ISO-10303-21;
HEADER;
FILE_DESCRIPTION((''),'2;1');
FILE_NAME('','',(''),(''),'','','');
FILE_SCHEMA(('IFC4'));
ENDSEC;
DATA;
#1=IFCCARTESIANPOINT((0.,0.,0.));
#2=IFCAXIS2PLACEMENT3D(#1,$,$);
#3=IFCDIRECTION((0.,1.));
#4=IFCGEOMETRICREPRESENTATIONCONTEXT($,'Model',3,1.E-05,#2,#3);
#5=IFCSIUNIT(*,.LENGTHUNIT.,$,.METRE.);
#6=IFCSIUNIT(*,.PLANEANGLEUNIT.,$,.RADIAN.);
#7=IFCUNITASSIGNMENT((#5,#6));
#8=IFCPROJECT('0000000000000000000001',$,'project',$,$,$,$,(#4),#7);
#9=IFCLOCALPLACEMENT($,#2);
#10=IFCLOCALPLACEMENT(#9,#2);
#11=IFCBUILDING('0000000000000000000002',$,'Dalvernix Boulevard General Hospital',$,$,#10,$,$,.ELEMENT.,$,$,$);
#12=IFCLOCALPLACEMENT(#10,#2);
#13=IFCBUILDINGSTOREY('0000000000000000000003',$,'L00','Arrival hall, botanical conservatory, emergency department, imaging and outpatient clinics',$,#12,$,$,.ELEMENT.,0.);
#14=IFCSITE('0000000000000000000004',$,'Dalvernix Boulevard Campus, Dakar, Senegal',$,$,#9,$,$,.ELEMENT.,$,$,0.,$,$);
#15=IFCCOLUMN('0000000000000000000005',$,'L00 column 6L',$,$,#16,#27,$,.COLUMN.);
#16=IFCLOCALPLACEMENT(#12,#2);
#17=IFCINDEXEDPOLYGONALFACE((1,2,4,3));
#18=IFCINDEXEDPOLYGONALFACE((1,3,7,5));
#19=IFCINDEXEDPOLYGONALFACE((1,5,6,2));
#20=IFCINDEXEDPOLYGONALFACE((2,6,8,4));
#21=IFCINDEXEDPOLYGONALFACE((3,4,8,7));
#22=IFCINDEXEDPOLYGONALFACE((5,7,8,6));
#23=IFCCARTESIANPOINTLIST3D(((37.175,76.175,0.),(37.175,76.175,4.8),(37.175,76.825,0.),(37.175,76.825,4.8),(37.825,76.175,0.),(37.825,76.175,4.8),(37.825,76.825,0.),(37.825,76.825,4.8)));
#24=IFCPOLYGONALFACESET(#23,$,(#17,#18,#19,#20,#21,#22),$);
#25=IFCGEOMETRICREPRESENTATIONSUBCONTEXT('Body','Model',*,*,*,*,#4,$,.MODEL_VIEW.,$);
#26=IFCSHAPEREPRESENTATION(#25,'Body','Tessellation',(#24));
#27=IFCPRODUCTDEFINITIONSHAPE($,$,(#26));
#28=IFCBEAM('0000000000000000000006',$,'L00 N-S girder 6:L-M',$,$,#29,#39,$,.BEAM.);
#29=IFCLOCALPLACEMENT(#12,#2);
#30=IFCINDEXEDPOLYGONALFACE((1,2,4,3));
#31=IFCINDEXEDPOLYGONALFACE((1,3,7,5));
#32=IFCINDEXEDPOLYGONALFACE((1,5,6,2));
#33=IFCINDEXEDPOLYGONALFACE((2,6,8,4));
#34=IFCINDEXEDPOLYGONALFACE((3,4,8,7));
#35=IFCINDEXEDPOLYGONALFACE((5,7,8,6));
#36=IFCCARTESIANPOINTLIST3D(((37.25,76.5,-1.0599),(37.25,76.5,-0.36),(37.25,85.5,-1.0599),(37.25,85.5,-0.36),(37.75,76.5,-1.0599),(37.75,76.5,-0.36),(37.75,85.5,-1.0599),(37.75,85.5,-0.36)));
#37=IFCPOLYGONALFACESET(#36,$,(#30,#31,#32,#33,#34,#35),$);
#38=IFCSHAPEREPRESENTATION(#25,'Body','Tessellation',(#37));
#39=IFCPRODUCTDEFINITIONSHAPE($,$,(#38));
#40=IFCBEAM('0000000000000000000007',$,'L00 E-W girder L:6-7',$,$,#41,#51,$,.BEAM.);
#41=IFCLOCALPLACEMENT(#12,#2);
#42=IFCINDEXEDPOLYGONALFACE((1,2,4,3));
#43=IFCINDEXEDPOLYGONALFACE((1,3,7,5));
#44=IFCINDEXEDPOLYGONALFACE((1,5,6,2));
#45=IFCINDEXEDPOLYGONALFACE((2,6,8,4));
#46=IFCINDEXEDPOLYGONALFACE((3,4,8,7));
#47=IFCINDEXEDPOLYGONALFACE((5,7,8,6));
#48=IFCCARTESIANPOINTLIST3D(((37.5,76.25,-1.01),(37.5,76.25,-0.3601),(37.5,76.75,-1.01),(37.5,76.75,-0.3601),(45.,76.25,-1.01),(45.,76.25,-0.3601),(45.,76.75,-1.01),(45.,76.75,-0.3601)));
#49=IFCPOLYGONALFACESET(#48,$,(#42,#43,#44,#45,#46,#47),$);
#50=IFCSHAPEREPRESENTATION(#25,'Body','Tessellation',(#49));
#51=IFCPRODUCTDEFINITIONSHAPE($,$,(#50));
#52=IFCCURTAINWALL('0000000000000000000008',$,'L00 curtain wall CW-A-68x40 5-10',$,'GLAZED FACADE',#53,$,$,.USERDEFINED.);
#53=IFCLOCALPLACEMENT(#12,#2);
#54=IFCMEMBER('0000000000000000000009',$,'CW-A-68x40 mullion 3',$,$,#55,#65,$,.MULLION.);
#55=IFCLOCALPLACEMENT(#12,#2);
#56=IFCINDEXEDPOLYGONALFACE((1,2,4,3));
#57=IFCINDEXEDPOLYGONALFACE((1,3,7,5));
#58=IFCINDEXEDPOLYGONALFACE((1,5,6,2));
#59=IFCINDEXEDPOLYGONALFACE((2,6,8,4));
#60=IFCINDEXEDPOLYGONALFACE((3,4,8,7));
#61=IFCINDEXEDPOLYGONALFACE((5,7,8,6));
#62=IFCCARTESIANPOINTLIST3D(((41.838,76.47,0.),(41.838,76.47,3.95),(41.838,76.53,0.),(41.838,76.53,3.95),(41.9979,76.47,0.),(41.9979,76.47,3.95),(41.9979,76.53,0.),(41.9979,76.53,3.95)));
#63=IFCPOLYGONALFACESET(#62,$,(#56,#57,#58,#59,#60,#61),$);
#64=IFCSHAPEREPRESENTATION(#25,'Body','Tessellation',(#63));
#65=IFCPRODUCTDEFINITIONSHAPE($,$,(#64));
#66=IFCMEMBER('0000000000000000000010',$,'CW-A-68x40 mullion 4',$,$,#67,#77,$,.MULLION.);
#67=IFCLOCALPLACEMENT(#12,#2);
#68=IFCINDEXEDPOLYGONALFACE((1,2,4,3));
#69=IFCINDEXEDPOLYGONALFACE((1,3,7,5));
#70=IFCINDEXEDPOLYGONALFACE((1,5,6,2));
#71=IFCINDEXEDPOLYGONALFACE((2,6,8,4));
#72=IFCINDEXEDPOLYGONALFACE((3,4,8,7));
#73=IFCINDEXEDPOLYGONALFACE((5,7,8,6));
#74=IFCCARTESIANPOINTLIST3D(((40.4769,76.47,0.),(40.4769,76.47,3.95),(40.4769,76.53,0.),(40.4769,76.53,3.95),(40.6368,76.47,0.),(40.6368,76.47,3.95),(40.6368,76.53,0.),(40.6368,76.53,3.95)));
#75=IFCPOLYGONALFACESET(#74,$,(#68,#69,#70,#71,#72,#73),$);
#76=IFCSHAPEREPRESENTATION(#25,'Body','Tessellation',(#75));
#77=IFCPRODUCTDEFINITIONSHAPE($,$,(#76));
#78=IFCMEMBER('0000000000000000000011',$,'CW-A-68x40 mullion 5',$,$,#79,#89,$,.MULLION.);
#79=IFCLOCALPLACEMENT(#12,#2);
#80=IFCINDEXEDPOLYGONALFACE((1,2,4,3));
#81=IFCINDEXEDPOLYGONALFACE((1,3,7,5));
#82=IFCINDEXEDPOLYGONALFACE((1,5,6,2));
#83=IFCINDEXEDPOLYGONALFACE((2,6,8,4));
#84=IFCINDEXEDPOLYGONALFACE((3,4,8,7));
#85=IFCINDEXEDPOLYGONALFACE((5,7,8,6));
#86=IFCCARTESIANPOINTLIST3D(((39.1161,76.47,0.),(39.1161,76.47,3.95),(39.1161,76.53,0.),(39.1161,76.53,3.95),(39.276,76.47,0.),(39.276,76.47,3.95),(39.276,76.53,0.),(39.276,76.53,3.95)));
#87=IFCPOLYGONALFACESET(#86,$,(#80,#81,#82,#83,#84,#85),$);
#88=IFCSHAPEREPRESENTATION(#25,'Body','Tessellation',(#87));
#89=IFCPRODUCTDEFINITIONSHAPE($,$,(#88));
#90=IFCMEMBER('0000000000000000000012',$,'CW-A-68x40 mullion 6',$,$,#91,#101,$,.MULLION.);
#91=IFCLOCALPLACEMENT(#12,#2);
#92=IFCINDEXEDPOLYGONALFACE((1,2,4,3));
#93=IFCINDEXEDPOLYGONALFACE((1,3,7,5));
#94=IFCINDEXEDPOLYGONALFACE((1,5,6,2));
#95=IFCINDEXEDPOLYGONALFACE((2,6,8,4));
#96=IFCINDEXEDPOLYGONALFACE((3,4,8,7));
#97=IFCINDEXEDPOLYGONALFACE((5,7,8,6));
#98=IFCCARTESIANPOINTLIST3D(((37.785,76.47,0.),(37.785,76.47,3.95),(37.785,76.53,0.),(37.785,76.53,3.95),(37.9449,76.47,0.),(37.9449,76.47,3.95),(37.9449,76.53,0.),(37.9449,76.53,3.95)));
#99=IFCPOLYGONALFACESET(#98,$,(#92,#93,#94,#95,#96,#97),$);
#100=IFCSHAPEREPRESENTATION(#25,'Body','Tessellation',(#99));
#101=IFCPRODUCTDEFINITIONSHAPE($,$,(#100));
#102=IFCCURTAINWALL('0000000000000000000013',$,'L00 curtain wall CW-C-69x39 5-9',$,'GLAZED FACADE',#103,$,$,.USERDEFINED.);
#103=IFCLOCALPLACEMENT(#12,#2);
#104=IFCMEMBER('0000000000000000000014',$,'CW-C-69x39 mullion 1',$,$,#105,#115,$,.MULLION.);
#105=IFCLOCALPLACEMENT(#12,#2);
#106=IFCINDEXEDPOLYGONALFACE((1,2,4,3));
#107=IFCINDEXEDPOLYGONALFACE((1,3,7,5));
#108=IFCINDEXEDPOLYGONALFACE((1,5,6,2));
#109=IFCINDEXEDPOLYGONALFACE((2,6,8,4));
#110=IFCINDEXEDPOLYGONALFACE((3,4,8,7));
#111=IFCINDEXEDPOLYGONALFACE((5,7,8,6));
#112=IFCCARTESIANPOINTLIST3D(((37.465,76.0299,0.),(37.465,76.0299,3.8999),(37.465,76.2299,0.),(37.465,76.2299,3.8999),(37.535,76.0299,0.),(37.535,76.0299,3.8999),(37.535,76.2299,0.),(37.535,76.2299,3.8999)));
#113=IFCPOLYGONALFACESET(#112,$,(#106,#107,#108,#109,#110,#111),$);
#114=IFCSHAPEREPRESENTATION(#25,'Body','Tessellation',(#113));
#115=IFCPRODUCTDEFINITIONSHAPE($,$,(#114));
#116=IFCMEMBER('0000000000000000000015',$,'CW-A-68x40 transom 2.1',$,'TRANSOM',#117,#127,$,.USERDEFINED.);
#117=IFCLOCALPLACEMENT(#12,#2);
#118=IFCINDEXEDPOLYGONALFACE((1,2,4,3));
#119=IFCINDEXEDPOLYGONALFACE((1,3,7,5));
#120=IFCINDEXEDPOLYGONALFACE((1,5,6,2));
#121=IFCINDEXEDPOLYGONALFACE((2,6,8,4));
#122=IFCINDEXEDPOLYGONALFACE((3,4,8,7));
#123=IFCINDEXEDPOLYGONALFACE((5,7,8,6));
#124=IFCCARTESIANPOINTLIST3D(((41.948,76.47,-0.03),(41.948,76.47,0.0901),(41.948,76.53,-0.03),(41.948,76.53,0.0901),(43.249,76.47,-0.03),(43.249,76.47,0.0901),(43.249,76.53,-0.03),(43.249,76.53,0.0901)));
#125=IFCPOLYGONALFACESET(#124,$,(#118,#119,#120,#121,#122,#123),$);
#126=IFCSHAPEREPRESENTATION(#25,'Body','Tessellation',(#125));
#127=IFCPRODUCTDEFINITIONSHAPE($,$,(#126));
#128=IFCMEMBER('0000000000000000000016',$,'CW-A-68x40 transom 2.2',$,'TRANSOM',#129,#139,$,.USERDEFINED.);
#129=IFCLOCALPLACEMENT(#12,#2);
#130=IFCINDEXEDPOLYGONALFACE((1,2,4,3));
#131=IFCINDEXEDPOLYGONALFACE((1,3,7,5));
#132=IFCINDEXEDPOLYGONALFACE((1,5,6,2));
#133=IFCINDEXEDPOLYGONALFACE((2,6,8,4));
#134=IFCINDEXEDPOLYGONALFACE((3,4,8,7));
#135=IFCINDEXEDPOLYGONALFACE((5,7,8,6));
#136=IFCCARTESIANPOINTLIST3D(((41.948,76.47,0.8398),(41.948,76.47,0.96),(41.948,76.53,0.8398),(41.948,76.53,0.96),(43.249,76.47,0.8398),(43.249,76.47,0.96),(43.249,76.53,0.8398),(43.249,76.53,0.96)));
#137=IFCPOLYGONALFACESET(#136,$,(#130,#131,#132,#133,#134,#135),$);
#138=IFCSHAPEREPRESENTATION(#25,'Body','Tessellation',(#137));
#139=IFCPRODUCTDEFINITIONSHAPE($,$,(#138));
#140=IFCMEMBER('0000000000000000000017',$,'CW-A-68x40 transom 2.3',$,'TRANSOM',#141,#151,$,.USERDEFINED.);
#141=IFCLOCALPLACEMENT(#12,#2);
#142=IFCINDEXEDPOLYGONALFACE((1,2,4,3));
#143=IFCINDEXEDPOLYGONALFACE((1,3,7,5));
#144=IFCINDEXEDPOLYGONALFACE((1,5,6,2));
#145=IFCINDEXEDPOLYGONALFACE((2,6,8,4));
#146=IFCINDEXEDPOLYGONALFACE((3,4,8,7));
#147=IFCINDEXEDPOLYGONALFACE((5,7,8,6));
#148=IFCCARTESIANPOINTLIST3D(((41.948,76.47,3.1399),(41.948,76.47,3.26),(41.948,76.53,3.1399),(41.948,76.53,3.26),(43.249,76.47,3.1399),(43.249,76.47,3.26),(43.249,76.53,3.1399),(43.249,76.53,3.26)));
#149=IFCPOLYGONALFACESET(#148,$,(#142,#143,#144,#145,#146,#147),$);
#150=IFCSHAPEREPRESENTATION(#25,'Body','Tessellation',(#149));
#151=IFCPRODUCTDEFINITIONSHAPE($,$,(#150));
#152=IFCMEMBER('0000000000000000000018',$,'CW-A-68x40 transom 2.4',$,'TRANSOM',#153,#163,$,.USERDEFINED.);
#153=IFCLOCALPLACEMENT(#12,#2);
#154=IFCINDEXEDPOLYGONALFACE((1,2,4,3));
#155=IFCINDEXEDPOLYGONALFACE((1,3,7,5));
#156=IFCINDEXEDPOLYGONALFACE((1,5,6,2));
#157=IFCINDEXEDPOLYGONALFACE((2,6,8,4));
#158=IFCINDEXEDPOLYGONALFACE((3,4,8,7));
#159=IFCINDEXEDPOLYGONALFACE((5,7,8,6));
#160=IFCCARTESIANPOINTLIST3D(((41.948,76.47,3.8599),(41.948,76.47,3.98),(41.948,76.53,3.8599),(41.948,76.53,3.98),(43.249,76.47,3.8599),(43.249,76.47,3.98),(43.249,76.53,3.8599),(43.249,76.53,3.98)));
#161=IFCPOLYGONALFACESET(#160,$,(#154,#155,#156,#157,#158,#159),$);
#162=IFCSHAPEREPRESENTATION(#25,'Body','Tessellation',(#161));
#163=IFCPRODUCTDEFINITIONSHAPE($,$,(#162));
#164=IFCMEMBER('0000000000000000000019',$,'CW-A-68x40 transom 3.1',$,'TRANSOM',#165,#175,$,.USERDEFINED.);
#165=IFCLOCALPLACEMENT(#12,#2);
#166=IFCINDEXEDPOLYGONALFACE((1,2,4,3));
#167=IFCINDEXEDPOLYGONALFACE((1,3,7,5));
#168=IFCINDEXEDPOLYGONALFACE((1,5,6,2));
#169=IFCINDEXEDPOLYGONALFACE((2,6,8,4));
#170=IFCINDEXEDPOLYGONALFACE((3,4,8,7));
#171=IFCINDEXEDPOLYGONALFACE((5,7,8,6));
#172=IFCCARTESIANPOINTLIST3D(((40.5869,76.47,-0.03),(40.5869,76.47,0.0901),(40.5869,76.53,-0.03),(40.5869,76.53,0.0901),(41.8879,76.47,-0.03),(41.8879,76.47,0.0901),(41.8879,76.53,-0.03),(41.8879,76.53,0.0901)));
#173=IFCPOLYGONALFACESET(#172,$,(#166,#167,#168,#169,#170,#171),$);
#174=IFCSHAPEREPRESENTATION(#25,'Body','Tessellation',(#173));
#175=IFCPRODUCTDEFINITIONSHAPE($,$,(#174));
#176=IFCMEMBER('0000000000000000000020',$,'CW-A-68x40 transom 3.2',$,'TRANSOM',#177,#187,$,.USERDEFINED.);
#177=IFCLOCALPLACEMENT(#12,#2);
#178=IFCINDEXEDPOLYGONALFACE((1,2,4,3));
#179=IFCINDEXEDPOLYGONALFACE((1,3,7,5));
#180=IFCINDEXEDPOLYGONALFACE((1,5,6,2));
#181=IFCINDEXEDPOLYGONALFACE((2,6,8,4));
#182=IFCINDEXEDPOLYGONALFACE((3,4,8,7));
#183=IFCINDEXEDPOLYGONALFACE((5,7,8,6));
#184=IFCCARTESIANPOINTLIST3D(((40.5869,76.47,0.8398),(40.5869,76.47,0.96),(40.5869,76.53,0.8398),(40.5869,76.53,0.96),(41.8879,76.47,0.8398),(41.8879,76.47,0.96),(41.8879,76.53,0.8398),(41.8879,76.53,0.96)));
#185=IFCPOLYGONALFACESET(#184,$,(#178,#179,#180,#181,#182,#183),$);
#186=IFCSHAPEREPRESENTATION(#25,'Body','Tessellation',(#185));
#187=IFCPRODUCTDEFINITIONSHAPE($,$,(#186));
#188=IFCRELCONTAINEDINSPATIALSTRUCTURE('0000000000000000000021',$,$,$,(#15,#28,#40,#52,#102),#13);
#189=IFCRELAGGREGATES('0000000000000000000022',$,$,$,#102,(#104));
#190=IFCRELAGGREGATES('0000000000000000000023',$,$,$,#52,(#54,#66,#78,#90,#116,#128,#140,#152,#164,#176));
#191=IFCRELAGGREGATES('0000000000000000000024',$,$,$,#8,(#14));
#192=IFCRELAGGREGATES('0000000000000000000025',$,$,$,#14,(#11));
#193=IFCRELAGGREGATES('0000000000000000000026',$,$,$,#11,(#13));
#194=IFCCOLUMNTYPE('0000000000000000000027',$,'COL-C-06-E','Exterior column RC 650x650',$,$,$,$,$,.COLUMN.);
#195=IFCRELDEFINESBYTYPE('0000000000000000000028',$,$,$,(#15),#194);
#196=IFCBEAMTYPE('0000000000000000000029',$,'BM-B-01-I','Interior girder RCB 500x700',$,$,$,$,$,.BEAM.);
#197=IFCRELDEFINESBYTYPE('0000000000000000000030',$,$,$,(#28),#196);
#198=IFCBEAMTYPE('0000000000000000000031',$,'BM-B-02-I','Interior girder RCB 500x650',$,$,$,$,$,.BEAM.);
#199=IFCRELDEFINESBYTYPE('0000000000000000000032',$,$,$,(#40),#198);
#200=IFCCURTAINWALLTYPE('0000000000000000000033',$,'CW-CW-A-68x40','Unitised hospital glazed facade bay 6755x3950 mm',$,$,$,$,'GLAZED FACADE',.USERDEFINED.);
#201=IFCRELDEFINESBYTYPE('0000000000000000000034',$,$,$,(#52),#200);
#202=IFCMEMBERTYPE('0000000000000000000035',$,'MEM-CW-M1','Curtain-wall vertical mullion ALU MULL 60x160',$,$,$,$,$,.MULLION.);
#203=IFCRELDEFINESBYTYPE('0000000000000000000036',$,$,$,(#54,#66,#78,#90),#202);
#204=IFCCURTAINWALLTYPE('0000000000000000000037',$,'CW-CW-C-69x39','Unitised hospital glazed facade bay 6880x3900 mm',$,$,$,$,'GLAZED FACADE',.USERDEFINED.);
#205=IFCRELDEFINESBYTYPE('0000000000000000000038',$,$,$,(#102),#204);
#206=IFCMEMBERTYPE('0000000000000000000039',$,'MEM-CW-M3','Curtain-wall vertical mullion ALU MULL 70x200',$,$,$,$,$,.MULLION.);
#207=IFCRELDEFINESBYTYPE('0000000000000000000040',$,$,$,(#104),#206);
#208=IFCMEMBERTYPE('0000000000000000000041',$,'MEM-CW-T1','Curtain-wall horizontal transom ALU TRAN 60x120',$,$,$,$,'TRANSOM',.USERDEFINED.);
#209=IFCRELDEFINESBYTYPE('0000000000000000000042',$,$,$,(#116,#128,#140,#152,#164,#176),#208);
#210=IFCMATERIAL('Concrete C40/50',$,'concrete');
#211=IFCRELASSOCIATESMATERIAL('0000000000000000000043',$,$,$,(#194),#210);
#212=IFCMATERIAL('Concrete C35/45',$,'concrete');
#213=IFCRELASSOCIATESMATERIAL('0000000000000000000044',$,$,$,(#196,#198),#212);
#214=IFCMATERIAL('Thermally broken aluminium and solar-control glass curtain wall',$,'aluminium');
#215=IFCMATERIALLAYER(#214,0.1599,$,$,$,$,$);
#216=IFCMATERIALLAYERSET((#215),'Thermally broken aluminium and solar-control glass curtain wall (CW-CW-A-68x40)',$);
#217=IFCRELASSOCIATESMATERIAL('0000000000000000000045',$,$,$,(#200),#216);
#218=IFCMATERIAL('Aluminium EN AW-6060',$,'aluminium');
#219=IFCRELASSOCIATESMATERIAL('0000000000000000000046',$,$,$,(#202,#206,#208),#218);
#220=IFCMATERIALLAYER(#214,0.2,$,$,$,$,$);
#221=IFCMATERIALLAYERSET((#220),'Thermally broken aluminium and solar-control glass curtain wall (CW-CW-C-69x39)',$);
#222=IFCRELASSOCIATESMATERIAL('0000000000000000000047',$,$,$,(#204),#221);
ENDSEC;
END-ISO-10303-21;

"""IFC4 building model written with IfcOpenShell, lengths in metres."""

from ifc_helpers import new_model, si_unit, direction, frame, origin, origin_2d, place, context, subcontext, project, spatial, rectangle, extrude, material, layer, layer_set, material_profile, profile_set, type_object, element, aggregate, save


model = new_model("IFC4")

# Units and contexts
model_context = context("Model", 3, precision=1e-05, world=origin(), true_north=direction((0.0, 1.0)))
body_context = subcontext(model_context, "Body", "Model", "MODEL_VIEW")
ifc_project = project(units=[si_unit("LENGTHUNIT", "METRE"), si_unit("PLANEANGLEUNIT", "RADIAN")], contexts=[model_context])

# Site, building, storey
site_placement = place(None, origin())
site = spatial("IfcSite", under=ifc_project, at=site_placement, Name="Dalvernix Boulevard Campus, Dakar, Senegal", CompositionType="ELEMENT", RefElevation=0.0)
building_placement = place(site_placement, origin())
building = spatial("IfcBuilding", under=site, at=building_placement, Name="Dalvernix Boulevard General Hospital", CompositionType="ELEMENT")
storey_placement = place(building_placement, origin())
storey = spatial("IfcBuildingStorey", under=building, at=storey_placement, Name="L00", Description="Arrival hall, botanical conservatory, emergency department, imaging and outpatient clinics", CompositionType="ELEMENT", Elevation=0.0)

# Column
ifc_material_1 = material(Name="Concrete C40/50", Category="concrete")
ifc_material_profile_1 = material_profile(ifc_material_1, rectangle(XDim=0.6499, YDim=0.6499, at=origin_2d()), Name="RC 650x650")
ifc_profile_set_1 = profile_set([ifc_material_profile_1], Name="Concrete C40/50")
column_type = type_object("IfcColumnType", Name="COL-C-06-E", Description="Exterior column RC 650x650", PredefinedType="COLUMN", material=ifc_profile_set_1)
column_placement = place(storey_placement, frame((37.5, 76.5, 0.0), z_axis=(0.0, 0.0, 1.0), x_axis=(1.0, 0.0, 0.0)))
element("IfcColumn", 1, at=column_placement, inside=storey, type_object=column_type, Name="L00 column 6L", PredefinedType="COLUMN", context=body_context, shape_type="SweptSolid", body=[
    extrude(rectangle(XDim=0.6499, YDim=0.6499, at=origin_2d()), origin(), (0.0, 0.0, 1.0), 4.8),
])

# Beams
ifc_material_2 = material(Name="Concrete C35/45", Category="concrete")
ifc_material_profile_2 = material_profile(ifc_material_2, rectangle(XDim=0.5, YDim=0.7, at=origin_2d()), Name="RCB 500x700")
ifc_profile_set_2 = profile_set([ifc_material_profile_2], Name="Concrete C35/45")
beam_type_1 = type_object("IfcBeamType", Name="BM-B-01-I", Description="Interior girder RCB 500x700", PredefinedType="BEAM", material=ifc_profile_set_2)
beam_1_placement = place(storey_placement, frame((37.5, 76.5, -0.71), z_axis=(0.0, 1.0, 0.0), x_axis=(-1.0, 0.0, 0.0)))
element("IfcBeam", 2, at=beam_1_placement, inside=storey, type_object=beam_type_1, Name="L00 N-S girder 6:L-M", PredefinedType="BEAM", context=body_context, shape_type="SweptSolid", body=[
    extrude(rectangle(XDim=0.5, YDim=0.7, at=origin_2d()), origin(), (0.0, 0.0, 1.0), 9.0),
])
ifc_material_profile_3 = material_profile(ifc_material_2, rectangle(XDim=0.5, YDim=0.6499, at=origin_2d()), Name="RCB 500x650")
ifc_profile_set_3 = profile_set([ifc_material_profile_3], Name="Concrete C35/45")
beam_type_2 = type_object("IfcBeamType", Name="BM-B-02-I", Description="Interior girder RCB 500x650", PredefinedType="BEAM", material=ifc_profile_set_3)
beam_2_placement = place(storey_placement, frame((37.5, 76.5, -0.6851), z_axis=(1.0, 0.0, 0.0), x_axis=(0.0, 1.0, 0.0)))
element("IfcBeam", 3, at=beam_2_placement, inside=storey, type_object=beam_type_2, Name="L00 E-W girder L:6-7", PredefinedType="BEAM", context=body_context, shape_type="SweptSolid", body=[
    extrude(rectangle(XDim=0.5, YDim=0.6499, at=origin_2d()), origin(), (0.0, 0.0, 1.0), 7.5),
])

# Curtain wall, members
ifc_material_3 = material(Name="Thermally broken aluminium and solar-control glass curtain wall", Category="aluminium")
ifc_layer_1 = layer(ifc_material_3, 0.1599)
ifc_layer_set_1 = layer_set([ifc_layer_1], Name="Thermally broken aluminium and solar-control glass curtain wall (CW-CW-A-68x40)")
curtain_wall_type_1 = type_object("IfcCurtainWallType", Name="CW-CW-A-68x40", Description="Unitised hospital glazed facade bay 6755x3950 mm", ElementType="GLAZED FACADE", PredefinedType="USERDEFINED", material=ifc_layer_set_1)
curtain_wall_1_placement = place(storey_placement, origin())
curtain_wall_1 = element("IfcCurtainWall", 4, at=curtain_wall_1_placement, inside=storey, type_object=curtain_wall_type_1, Name="L00 curtain wall CW-A-68x40 5-10", ObjectType="GLAZED FACADE", PredefinedType="USERDEFINED")
ifc_material_4 = material(Name="Aluminium EN AW-6060", Category="aluminium")
ifc_material_profile_4 = material_profile(ifc_material_4, rectangle(XDim=0.0601, YDim=0.1599, at=origin_2d()), Name="ALU MULL 60x160")
ifc_profile_set_4 = profile_set([ifc_material_profile_4], Name="Aluminium EN AW-6060")
member_type_1 = type_object("IfcMemberType", Name="MEM-CW-M1", Description="Curtain-wall vertical mullion ALU MULL 60x160", PredefinedType="MULLION", material=ifc_profile_set_4)
member_1_placement = place(storey_placement, frame((41.918, 76.5, 0.0), z_axis=(0.0, 0.0, 1.0), x_axis=(0.0, -1.0, 0.0)))
member_1 = element("IfcMember", 5, at=member_1_placement, type_object=member_type_1, Name="CW-A-68x40 mullion 3", PredefinedType="MULLION", context=body_context, shape_type="SweptSolid", body=[
    extrude(rectangle(XDim=0.0601, YDim=0.1599, at=origin_2d()), origin(), (0.0, 0.0, 1.0), 3.95),
])
member_2_placement = place(storey_placement, frame((40.5569, 76.5, 0.0), z_axis=(0.0, 0.0, 1.0), x_axis=(0.0, -1.0, 0.0)))
member_2 = element("IfcMember", 6, at=member_2_placement, type_object=member_type_1, Name="CW-A-68x40 mullion 4", PredefinedType="MULLION", context=body_context, shape_type="SweptSolid", body=[
    extrude(rectangle(XDim=0.0601, YDim=0.1599, at=origin_2d()), origin(), (0.0, 0.0, 1.0), 3.95),
])
member_3_placement = place(storey_placement, frame((39.196, 76.5, 0.0), z_axis=(0.0, 0.0, 1.0), x_axis=(0.0, -1.0, 0.0)))
member_3 = element("IfcMember", 7, at=member_3_placement, type_object=member_type_1, Name="CW-A-68x40 mullion 5", PredefinedType="MULLION", context=body_context, shape_type="SweptSolid", body=[
    extrude(rectangle(XDim=0.0601, YDim=0.1599, at=origin_2d()), origin(), (0.0, 0.0, 1.0), 3.95),
])
member_4_placement = place(storey_placement, frame((37.865, 76.5, 0.0), z_axis=(0.0, 0.0, 1.0), x_axis=(0.0, -1.0, 0.0)))
member_4 = element("IfcMember", 8, at=member_4_placement, type_object=member_type_1, Name="CW-A-68x40 mullion 6", PredefinedType="MULLION", context=body_context, shape_type="SweptSolid", body=[
    extrude(rectangle(XDim=0.0601, YDim=0.1599, at=origin_2d()), origin(), (0.0, 0.0, 1.0), 3.95),
])

# Curtain wall, member
ifc_layer_2 = layer(ifc_material_3, 0.2)
ifc_layer_set_2 = layer_set([ifc_layer_2], Name="Thermally broken aluminium and solar-control glass curtain wall (CW-CW-C-69x39)")
curtain_wall_type_2 = type_object("IfcCurtainWallType", Name="CW-CW-C-69x39", Description="Unitised hospital glazed facade bay 6880x3900 mm", ElementType="GLAZED FACADE", PredefinedType="USERDEFINED", material=ifc_layer_set_2)
curtain_wall_2_placement = place(storey_placement, origin())
curtain_wall_2 = element("IfcCurtainWall", 9, at=curtain_wall_2_placement, inside=storey, type_object=curtain_wall_type_2, Name="L00 curtain wall CW-C-69x39 5-9", ObjectType="GLAZED FACADE", PredefinedType="USERDEFINED")
ifc_material_profile_5 = material_profile(ifc_material_4, rectangle(XDim=0.0701, YDim=0.2, at=origin_2d()), Name="ALU MULL 70x200")
ifc_profile_set_5 = profile_set([ifc_material_profile_5], Name="Aluminium EN AW-6060")
member_type_2 = type_object("IfcMemberType", Name="MEM-CW-M3", Description="Curtain-wall vertical mullion ALU MULL 70x200", PredefinedType="MULLION", material=ifc_profile_set_5)
member_5_placement = place(storey_placement, frame((37.5, 76.1299, 0.0), z_axis=(0.0, 0.0, 1.0), x_axis=(1.0, 0.0, 0.0)))
member_5 = element("IfcMember", 10, at=member_5_placement, type_object=member_type_2, Name="CW-C-69x39 mullion 1", PredefinedType="MULLION", context=body_context, shape_type="SweptSolid", body=[
    extrude(rectangle(XDim=0.0701, YDim=0.2, at=origin_2d()), origin(), (0.0, 0.0, 1.0), 3.8999),
])
aggregate(curtain_wall_2, [member_5])

# Members
ifc_material_profile_6 = material_profile(ifc_material_4, rectangle(XDim=0.0601, YDim=0.1201, at=origin_2d()), Name="ALU TRAN 60x120")
ifc_profile_set_6 = profile_set([ifc_material_profile_6], Name="Aluminium EN AW-6060")
member_type_3 = type_object("IfcMemberType", Name="MEM-CW-T1", Description="Curtain-wall horizontal transom ALU TRAN 60x120", ElementType="TRANSOM", PredefinedType="USERDEFINED", material=ifc_profile_set_6)
member_6_placement = place(storey_placement, frame((43.249, 76.5, 0.03), z_axis=(-1.0, 0.0, 0.0), x_axis=(0.0, -1.0, 0.0)))
member_6 = element("IfcMember", 11, at=member_6_placement, type_object=member_type_3, Name="CW-A-68x40 transom 2.1", ObjectType="TRANSOM", PredefinedType="USERDEFINED", context=body_context, shape_type="SweptSolid", body=[
    extrude(rectangle(XDim=0.0601, YDim=0.1201, at=origin_2d()), origin(), (0.0, 0.0, 1.0), 1.301),
])
member_7_placement = place(storey_placement, frame((43.249, 76.5, 0.8999), z_axis=(-1.0, 0.0, 0.0), x_axis=(0.0, -1.0, 0.0)))
member_7 = element("IfcMember", 12, at=member_7_placement, type_object=member_type_3, Name="CW-A-68x40 transom 2.2", ObjectType="TRANSOM", PredefinedType="USERDEFINED", context=body_context, shape_type="SweptSolid", body=[
    extrude(rectangle(XDim=0.0601, YDim=0.1201, at=origin_2d()), origin(), (0.0, 0.0, 1.0), 1.301),
])
member_8_placement = place(storey_placement, frame((43.249, 76.5, 3.2), z_axis=(-1.0, 0.0, 0.0), x_axis=(0.0, -1.0, 0.0)))
member_8 = element("IfcMember", 13, at=member_8_placement, type_object=member_type_3, Name="CW-A-68x40 transom 2.3", ObjectType="TRANSOM", PredefinedType="USERDEFINED", context=body_context, shape_type="SweptSolid", body=[
    extrude(rectangle(XDim=0.0601, YDim=0.1201, at=origin_2d()), origin(), (0.0, 0.0, 1.0), 1.301),
])
member_9_placement = place(storey_placement, frame((43.249, 76.5, 3.9199), z_axis=(-1.0, 0.0, 0.0), x_axis=(0.0, -1.0, 0.0)))
member_9 = element("IfcMember", 14, at=member_9_placement, type_object=member_type_3, Name="CW-A-68x40 transom 2.4", ObjectType="TRANSOM", PredefinedType="USERDEFINED", context=body_context, shape_type="SweptSolid", body=[
    extrude(rectangle(XDim=0.0601, YDim=0.1201, at=origin_2d()), origin(), (0.0, 0.0, 1.0), 1.301),
])
member_10_placement = place(storey_placement, frame((41.8879, 76.5, 0.03), z_axis=(-1.0, 0.0, 0.0), x_axis=(0.0, -1.0, 0.0)))
member_10 = element("IfcMember", 15, at=member_10_placement, type_object=member_type_3, Name="CW-A-68x40 transom 3.1", ObjectType="TRANSOM", PredefinedType="USERDEFINED", context=body_context, shape_type="SweptSolid", body=[
    extrude(rectangle(XDim=0.0601, YDim=0.1201, at=origin_2d()), origin(), (0.0, 0.0, 1.0), 1.301),
])
member_11_placement = place(storey_placement, frame((41.8879, 76.5, 0.8999), z_axis=(-1.0, 0.0, 0.0), x_axis=(0.0, -1.0, 0.0)))
member_11 = element("IfcMember", 16, at=member_11_placement, type_object=member_type_3, Name="CW-A-68x40 transom 3.2", ObjectType="TRANSOM", PredefinedType="USERDEFINED", context=body_context, shape_type="SweptSolid", body=[
    extrude(rectangle(XDim=0.0601, YDim=0.1201, at=origin_2d()), origin(), (0.0, 0.0, 1.0), 1.301),
])

aggregate(curtain_wall_1, [member_1, member_2, member_3, member_4, member_6, member_7, member_8, member_9, member_10, member_11])

save(model, "model.ifc")
